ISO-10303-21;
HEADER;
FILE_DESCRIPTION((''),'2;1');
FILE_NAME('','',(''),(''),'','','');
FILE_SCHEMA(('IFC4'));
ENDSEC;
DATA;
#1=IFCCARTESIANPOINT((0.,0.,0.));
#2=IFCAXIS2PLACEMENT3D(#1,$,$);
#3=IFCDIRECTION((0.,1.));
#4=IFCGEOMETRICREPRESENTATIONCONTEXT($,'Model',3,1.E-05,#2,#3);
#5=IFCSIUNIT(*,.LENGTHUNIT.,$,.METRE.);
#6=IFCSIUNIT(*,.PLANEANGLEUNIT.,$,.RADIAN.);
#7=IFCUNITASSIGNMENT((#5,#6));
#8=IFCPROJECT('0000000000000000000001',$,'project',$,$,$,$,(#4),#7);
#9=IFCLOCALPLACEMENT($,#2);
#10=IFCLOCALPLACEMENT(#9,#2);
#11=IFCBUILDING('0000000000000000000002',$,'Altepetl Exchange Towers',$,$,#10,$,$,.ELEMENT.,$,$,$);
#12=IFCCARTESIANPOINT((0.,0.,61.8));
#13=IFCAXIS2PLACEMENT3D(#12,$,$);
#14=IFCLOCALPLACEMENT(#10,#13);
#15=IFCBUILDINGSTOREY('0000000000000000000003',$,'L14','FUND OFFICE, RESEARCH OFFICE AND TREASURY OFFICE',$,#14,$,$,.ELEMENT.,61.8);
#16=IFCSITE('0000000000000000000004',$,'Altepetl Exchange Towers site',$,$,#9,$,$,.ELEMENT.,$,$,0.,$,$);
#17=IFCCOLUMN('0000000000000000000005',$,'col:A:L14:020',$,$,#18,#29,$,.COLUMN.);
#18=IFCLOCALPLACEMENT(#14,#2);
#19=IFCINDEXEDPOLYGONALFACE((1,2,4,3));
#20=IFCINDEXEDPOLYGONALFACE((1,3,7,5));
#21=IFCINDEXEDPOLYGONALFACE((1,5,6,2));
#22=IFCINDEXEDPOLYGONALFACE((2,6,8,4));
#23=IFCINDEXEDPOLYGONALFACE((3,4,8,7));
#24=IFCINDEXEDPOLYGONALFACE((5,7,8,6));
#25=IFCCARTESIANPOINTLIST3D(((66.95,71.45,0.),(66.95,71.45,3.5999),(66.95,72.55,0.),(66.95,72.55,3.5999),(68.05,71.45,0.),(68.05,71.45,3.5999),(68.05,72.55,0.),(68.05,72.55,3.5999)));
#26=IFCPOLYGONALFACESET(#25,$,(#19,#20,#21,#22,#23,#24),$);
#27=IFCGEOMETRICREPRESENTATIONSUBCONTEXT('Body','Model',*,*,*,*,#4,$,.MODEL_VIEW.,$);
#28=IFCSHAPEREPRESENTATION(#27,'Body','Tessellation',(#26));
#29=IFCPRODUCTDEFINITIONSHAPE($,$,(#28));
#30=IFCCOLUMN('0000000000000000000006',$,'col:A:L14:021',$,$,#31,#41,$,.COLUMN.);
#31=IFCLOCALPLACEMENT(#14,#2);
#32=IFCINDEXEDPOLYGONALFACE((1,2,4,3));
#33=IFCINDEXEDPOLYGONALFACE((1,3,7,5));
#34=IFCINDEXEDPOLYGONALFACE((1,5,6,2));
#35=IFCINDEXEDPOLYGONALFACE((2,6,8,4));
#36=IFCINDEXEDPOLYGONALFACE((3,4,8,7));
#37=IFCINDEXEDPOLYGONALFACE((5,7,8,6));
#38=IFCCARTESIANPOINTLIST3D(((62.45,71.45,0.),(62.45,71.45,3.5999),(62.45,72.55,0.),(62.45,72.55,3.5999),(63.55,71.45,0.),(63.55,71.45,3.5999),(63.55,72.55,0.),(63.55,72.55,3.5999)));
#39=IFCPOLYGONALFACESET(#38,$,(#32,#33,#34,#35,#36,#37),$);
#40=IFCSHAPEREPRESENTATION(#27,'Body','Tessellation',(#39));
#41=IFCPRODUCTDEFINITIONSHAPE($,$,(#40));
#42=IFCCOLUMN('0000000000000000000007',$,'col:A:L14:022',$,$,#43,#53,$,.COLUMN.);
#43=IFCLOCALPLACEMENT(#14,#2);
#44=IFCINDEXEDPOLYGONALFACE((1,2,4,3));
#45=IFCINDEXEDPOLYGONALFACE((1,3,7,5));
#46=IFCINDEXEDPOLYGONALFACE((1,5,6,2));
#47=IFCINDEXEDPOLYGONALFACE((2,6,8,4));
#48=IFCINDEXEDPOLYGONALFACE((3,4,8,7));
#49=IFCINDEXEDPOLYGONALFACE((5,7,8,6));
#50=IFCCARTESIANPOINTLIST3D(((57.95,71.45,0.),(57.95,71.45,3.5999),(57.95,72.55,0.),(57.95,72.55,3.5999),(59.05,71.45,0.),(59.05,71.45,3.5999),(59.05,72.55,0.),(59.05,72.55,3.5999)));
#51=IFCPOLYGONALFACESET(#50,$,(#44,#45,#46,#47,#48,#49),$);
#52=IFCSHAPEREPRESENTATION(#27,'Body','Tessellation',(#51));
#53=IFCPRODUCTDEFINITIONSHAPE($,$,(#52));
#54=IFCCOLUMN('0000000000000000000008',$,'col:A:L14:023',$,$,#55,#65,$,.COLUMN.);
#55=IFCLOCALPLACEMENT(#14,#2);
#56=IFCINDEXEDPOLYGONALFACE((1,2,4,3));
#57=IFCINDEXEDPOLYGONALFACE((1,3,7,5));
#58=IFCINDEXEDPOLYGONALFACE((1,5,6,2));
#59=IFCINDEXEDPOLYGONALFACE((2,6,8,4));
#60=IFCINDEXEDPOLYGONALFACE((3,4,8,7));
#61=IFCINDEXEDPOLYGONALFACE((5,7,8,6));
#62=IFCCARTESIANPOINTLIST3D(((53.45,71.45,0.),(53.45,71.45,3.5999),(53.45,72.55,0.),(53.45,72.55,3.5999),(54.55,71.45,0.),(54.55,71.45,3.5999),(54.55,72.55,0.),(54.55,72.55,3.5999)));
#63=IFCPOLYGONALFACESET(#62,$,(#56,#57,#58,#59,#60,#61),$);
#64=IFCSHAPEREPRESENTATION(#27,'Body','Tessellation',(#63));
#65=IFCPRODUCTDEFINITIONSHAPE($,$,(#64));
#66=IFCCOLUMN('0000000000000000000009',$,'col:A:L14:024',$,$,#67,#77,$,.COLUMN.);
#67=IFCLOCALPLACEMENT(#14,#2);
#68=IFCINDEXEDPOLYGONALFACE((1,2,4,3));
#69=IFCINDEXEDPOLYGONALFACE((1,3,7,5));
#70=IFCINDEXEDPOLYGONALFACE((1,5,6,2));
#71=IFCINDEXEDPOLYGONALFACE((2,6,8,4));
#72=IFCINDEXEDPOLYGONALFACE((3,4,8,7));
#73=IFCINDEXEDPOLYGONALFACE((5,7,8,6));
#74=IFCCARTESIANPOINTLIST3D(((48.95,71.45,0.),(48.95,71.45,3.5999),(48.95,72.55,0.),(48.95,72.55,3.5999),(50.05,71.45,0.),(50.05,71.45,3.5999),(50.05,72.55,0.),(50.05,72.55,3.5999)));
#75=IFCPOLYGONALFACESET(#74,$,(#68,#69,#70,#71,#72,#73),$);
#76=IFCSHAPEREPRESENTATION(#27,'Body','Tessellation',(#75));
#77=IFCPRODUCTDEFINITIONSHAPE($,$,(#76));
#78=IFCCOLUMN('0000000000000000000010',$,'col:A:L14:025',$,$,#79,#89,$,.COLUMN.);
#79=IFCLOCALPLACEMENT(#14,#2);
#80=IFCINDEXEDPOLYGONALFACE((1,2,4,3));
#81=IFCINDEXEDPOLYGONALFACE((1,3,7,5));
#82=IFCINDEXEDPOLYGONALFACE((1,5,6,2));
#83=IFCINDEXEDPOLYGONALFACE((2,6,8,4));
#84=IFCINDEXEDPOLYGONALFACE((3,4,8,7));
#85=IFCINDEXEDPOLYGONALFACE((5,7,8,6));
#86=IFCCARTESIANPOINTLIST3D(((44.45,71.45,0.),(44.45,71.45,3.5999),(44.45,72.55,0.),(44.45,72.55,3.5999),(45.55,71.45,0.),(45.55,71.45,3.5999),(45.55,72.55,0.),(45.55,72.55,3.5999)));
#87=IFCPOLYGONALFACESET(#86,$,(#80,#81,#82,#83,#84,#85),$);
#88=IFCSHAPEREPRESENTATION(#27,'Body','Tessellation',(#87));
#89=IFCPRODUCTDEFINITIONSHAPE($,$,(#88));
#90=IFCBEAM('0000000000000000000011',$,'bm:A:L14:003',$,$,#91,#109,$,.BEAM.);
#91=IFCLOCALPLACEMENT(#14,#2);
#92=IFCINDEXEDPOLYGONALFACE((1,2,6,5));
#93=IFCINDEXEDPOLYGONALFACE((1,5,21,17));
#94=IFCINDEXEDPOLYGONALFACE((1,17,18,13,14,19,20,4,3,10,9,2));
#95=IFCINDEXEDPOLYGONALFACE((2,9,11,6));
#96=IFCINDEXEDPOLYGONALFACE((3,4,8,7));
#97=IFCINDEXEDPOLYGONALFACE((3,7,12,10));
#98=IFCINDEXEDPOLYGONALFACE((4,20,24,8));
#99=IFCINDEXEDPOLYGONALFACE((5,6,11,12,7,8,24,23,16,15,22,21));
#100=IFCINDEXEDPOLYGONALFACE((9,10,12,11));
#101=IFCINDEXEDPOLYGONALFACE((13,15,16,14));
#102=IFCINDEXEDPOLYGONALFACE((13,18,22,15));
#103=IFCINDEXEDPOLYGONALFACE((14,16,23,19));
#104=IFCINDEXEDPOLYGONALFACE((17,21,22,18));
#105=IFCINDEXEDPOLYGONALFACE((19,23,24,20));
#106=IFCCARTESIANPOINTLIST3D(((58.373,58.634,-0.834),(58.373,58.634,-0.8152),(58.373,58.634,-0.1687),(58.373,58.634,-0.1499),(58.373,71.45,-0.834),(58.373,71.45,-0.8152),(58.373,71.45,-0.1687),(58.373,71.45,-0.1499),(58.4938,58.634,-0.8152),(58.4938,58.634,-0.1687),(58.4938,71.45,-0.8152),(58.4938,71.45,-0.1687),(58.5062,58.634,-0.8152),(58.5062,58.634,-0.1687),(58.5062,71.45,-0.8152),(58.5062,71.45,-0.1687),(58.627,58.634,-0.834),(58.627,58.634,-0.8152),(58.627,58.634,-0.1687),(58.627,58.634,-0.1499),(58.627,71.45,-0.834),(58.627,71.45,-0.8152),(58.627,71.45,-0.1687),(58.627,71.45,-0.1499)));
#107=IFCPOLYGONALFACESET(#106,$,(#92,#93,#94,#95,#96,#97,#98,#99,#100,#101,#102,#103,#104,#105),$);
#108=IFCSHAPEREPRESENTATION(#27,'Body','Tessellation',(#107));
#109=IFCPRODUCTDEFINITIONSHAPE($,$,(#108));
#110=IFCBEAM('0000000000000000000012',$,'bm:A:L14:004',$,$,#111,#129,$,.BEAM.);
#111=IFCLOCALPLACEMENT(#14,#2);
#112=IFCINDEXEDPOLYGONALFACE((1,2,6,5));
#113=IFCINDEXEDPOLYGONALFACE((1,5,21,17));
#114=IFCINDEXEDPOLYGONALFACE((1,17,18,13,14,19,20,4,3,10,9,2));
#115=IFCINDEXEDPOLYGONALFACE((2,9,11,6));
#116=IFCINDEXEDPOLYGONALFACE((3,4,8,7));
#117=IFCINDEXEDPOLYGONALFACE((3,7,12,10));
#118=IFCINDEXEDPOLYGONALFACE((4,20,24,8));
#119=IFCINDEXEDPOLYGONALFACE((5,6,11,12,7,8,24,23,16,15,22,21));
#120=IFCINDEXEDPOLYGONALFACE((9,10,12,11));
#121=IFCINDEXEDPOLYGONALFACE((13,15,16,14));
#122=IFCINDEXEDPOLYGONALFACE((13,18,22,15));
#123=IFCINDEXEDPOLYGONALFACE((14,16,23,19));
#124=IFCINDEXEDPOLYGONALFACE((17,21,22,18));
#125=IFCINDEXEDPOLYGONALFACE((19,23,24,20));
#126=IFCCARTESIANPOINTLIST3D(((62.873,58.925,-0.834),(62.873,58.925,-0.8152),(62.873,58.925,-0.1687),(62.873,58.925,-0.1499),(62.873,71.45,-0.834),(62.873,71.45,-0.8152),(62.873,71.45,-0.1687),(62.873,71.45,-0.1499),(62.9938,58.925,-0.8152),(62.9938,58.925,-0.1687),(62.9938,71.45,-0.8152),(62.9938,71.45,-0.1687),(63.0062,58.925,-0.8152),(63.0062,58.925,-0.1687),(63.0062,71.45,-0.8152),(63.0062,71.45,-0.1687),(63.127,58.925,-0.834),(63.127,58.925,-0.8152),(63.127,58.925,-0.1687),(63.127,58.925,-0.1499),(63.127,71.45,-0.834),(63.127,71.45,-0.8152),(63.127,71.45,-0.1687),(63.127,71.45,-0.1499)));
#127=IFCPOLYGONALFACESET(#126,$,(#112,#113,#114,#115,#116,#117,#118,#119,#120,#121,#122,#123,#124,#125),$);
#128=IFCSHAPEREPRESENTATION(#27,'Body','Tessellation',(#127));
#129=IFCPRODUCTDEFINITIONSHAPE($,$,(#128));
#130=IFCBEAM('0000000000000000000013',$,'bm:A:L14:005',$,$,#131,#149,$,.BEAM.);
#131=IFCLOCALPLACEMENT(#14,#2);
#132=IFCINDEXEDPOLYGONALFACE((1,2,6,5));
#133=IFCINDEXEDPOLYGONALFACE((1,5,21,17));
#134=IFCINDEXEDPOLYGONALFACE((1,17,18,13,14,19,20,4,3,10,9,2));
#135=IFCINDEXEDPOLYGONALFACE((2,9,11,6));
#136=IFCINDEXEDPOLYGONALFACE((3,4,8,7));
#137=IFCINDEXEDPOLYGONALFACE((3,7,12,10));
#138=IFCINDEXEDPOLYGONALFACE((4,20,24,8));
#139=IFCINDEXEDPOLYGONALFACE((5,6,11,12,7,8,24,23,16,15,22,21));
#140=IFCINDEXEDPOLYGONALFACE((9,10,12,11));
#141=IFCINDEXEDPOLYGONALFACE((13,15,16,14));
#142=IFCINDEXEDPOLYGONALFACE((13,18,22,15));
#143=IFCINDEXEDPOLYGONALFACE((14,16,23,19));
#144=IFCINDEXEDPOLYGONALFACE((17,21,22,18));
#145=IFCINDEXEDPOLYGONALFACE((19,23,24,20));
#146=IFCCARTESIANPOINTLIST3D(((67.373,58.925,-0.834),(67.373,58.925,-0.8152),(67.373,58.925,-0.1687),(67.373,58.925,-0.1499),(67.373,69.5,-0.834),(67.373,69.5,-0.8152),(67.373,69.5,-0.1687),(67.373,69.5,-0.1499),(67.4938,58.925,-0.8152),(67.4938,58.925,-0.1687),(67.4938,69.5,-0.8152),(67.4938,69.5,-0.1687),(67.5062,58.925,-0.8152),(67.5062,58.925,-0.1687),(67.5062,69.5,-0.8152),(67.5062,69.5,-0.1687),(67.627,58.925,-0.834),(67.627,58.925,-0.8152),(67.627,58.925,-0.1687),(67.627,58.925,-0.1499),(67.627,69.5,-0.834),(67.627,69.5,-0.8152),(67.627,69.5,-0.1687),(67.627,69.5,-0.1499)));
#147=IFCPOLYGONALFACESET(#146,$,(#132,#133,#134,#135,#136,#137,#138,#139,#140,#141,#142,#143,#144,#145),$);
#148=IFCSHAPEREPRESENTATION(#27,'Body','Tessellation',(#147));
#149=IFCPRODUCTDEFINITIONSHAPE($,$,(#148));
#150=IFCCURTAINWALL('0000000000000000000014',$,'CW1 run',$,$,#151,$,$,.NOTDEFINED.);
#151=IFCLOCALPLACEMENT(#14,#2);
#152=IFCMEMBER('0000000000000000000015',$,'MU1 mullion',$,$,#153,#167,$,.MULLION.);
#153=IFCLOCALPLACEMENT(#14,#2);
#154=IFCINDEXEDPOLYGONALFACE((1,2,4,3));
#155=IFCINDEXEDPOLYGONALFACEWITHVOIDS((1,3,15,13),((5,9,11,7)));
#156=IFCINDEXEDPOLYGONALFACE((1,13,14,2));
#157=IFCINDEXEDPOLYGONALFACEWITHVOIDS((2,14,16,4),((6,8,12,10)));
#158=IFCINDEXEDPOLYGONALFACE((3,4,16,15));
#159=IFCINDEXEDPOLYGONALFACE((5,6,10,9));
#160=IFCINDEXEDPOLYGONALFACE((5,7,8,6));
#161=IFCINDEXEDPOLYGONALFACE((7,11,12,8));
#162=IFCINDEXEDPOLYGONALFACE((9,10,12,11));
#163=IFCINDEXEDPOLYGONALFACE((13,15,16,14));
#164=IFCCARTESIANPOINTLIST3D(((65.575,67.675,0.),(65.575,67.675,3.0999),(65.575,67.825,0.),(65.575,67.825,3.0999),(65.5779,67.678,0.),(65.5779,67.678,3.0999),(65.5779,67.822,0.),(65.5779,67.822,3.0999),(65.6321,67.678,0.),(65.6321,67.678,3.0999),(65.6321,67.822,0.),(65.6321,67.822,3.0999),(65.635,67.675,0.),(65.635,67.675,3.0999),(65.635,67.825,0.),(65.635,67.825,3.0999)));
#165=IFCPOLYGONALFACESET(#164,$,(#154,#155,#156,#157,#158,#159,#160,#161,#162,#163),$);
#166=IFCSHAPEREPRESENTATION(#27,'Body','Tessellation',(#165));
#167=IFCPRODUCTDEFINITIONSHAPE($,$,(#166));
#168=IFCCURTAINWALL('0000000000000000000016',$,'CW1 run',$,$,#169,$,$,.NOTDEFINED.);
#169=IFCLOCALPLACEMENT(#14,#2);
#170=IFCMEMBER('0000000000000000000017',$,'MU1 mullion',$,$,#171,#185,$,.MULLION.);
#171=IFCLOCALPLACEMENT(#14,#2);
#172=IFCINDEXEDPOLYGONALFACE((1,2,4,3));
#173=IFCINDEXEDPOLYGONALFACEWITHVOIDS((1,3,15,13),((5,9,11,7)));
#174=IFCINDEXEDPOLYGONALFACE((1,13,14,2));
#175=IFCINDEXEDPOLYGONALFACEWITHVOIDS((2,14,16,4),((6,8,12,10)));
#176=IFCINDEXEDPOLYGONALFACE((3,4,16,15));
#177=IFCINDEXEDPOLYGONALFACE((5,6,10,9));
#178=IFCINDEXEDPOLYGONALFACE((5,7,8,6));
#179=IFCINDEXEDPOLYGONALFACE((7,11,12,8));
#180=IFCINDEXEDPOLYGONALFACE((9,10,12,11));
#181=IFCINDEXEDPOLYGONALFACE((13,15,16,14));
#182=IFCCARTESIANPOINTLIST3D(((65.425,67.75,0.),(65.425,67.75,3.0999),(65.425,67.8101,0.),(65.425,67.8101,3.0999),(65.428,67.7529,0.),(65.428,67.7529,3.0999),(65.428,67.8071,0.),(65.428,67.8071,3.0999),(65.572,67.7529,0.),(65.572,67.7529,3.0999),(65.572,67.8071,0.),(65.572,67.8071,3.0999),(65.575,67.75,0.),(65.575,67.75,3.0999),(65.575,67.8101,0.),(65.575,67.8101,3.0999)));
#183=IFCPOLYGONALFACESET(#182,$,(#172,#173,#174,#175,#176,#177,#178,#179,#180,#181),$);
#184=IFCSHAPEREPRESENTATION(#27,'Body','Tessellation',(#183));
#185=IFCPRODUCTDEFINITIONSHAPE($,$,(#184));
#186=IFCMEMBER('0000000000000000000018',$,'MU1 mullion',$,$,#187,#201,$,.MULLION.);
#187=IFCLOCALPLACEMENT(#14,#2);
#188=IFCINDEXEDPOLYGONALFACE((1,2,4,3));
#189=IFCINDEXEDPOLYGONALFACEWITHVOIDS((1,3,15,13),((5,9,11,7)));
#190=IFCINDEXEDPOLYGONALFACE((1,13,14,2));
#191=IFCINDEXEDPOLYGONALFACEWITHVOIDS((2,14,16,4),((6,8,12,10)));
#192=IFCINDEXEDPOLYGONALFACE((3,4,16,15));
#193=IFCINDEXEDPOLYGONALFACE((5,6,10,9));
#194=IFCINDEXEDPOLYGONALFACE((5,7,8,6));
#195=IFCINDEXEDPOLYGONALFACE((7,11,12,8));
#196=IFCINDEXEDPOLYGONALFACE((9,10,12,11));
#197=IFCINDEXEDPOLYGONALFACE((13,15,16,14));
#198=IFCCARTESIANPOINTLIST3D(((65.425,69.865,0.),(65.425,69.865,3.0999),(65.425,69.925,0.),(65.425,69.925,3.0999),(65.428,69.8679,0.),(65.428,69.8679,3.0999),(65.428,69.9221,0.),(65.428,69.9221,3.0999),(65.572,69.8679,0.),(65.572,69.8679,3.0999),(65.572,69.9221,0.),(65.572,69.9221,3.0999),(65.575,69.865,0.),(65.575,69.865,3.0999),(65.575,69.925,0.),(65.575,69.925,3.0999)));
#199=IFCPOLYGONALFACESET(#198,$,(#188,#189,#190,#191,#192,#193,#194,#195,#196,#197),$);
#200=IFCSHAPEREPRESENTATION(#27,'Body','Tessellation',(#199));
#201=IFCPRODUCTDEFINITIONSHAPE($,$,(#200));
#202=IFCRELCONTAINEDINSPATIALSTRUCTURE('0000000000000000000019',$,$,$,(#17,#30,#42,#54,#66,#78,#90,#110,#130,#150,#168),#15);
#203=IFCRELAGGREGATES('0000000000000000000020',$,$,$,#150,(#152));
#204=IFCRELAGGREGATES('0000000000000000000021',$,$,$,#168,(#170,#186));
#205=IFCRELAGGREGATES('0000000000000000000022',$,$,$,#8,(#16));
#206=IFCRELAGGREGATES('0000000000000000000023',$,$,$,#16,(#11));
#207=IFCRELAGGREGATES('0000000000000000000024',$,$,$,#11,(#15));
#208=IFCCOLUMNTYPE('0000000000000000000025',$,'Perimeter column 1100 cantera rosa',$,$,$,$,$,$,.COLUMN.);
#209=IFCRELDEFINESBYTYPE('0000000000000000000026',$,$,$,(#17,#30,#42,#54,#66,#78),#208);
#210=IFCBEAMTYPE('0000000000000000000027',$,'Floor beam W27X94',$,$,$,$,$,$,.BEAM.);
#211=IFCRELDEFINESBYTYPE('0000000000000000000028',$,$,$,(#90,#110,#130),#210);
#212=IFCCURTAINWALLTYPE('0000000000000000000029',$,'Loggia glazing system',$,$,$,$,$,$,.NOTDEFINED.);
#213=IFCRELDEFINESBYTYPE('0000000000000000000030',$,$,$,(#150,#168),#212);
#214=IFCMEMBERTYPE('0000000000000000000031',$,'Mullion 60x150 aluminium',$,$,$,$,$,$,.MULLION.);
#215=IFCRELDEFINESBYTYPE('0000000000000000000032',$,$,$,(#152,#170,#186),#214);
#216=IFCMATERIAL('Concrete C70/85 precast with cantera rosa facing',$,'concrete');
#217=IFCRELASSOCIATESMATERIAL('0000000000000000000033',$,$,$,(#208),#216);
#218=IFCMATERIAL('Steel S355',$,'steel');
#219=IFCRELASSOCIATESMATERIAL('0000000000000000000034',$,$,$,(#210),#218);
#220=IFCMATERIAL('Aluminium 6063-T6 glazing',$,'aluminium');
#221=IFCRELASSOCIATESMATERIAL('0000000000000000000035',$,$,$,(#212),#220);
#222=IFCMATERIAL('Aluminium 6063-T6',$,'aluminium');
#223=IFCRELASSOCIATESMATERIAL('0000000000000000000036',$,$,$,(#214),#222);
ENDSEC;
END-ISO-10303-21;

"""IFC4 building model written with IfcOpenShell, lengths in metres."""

from ifc_helpers import new_model, si_unit, direction, frame, origin, origin_2d, place, context, subcontext, project, spatial, rectangle, hollow_rectangle, i_section, extrude, material, material_profile, profile_set, type_object, element, aggregate, save


model = new_model("IFC4")

# Units and contexts
model_context = context("Model", 3, precision=1e-05, world=origin(), true_north=direction((0.0, 1.0)))
body_context = subcontext(model_context, "Body", "Model", "MODEL_VIEW")
ifc_project = project(units=[si_unit("LENGTHUNIT", "METRE"), si_unit("PLANEANGLEUNIT", "RADIAN")], contexts=[model_context])

# Site, building, storey
site_placement = place(None, origin())
site = spatial("IfcSite", under=ifc_project, at=site_placement, Name="Altepetl Exchange Towers site", CompositionType="ELEMENT", RefElevation=0.0)
building_placement = place(site_placement, origin())
building = spatial("IfcBuilding", under=site, at=building_placement, Name="Altepetl Exchange Towers", CompositionType="ELEMENT")
storey_placement = place(building_placement, frame((0.0, 0.0, 61.8)))
storey = spatial("IfcBuildingStorey", under=building, at=storey_placement, Name="L14", Description="FUND OFFICE, RESEARCH OFFICE AND TREASURY OFFICE", CompositionType="ELEMENT", Elevation=61.8)

# Columns
ifc_material_1 = material(Name="Concrete C70/85 precast with cantera rosa facing", Category="concrete")
ifc_material_profile_1 = material_profile(ifc_material_1, rectangle(XDim=1.1001, YDim=1.1001, at=origin_2d()), Name="1100 x 1100")
ifc_profile_set_1 = profile_set([ifc_material_profile_1], Name="Concrete C70/85 precast with cantera rosa facing")
column_type = type_object("IfcColumnType", Name="Perimeter column 1100 cantera rosa", PredefinedType="COLUMN", material=ifc_profile_set_1)
for number, where, name in (
    (1, (67.5, 72.0, 0.0), "col:A:L14:020"),
    (2, (63.0, 72.0, 0.0), "col:A:L14:021"),
    (3, (58.5, 72.0, 0.0), "col:A:L14:022"),
    (4, (54.0, 72.0, 0.0), "col:A:L14:023"),
    (5, (49.5, 72.0, 0.0), "col:A:L14:024"),
    (6, (45.0, 72.0, 0.0), "col:A:L14:025"),
):
    element("IfcColumn", number, at=place(storey_placement, frame(where)), inside=storey, type_object=column_type, Name=name, PredefinedType="COLUMN", context=body_context, shape_type="SweptSolid", body=[
        extrude(rectangle(XDim=1.1001, YDim=1.1001, at=origin_2d()), origin(), (0.0, 0.0, 1.0), 3.5999),
    ])

# Beams
ifc_material_2 = material(Name="Steel S355", Category="steel")
ifc_material_profile_2 = material_profile(ifc_material_2, i_section(OverallWidth=0.2539, OverallDepth=0.6841, WebThickness=0.0125, FlangeThickness=0.0188, at=origin_2d()), Name="W27X94")
ifc_profile_set_2 = profile_set([ifc_material_profile_2], Name="Steel S355")
beam_type_1 = type_object("IfcBeamType", Name="Floor beam W27X94", PredefinedType="BEAM", material=ifc_profile_set_2)
beam_1_placement = place(storey_placement, frame((58.5, 58.634, -0.4919), z_axis=(0.0, 1.0, 0.0), x_axis=(-1.0, 0.0, 0.0)))
element("IfcBeam", 7, at=beam_1_placement, inside=storey, type_object=beam_type_1, Name="bm:A:L14:003", PredefinedType="BEAM", context=body_context, shape_type="SweptSolid", body=[
    extrude(i_section(OverallWidth=0.2539, OverallDepth=0.6841, WebThickness=0.0125, FlangeThickness=0.0188, at=origin_2d()), origin(), (0.0, 0.0, 1.0), 12.8159),
])
beam_2_placement = place(storey_placement, frame((63.0, 58.925, -0.4919), z_axis=(0.0, 1.0, 0.0), x_axis=(-1.0, 0.0, 0.0)))
element("IfcBeam", 8, at=beam_2_placement, inside=storey, type_object=beam_type_1, Name="bm:A:L14:004", PredefinedType="BEAM", context=body_context, shape_type="SweptSolid", body=[
    extrude(i_section(OverallWidth=0.2539, OverallDepth=0.6841, WebThickness=0.0125, FlangeThickness=0.0188, at=origin_2d()), origin(), (0.0, 0.0, 1.0), 12.5249),
])
beam_3_placement = place(storey_placement, frame((67.5, 58.925, -0.4919), z_axis=(0.0, 1.0, 0.0), x_axis=(-1.0, 0.0, 0.0)))
element("IfcBeam", 9, at=beam_3_placement, inside=storey, type_object=beam_type_1, Name="bm:A:L14:005", PredefinedType="BEAM", context=body_context, shape_type="SweptSolid", body=[
    extrude(i_section(OverallWidth=0.2539, OverallDepth=0.6841, WebThickness=0.0125, FlangeThickness=0.0188, at=origin_2d()), origin(), (0.0, 0.0, 1.0), 10.575),
])

# Curtain wall, member
ifc_material_3 = material(Name="Aluminium 6063-T6 glazing", Category="aluminium")
curtain_wall_type = type_object("IfcCurtainWallType", Name="Loggia glazing system", PredefinedType="NOTDEFINED", material=ifc_material_3)
curtain_wall_1_placement = place(storey_placement, origin())
curtain_wall_1 = element("IfcCurtainWall", 10, at=curtain_wall_1_placement, inside=storey, type_object=curtain_wall_type, Name="CW1 run", PredefinedType="NOTDEFINED")
ifc_material_4 = material(Name="Aluminium 6063-T6", Category="aluminium")
ifc_material_profile_3 = material_profile(ifc_material_4, hollow_rectangle(XDim=0.0601, YDim=0.1499, WallThickness=0.0029, at=origin_2d()), Name="Mullion 60x150 aluminium")
ifc_profile_set_3 = profile_set([ifc_material_profile_3], Name="Aluminium 6063-T6")
member_type = type_object("IfcMemberType", Name="Mullion 60x150 aluminium", PredefinedType="MULLION", material=ifc_profile_set_3)
member_1_placement = place(storey_placement, frame((65.605, 67.75, 0.0), z_axis=(0.0, 0.0, 1.0), x_axis=(-1.0, 0.0, 0.0)))
member_1 = element("IfcMember", 11, at=member_1_placement, type_object=member_type, Name="MU1 mullion", PredefinedType="MULLION", context=body_context, shape_type="SweptSolid", body=[
    extrude(hollow_rectangle(XDim=0.0601, YDim=0.1499, WallThickness=0.0029, at=origin_2d()), origin(), (0.0, 0.0, 1.0), 3.0999),
])

# Curtain wall, members
curtain_wall_2_placement = place(storey_placement, origin())
curtain_wall_2 = element("IfcCurtainWall", 12, at=curtain_wall_2_placement, inside=storey, type_object=curtain_wall_type, Name="CW1 run", PredefinedType="NOTDEFINED")
member_2_placement = place(storey_placement, frame((65.5, 67.78, 0.0), z_axis=(0.0, 0.0, 1.0), x_axis=(0.0, 1.0, 0.0)))
member_2 = element("IfcMember", 13, at=member_2_placement, type_object=member_type, Name="MU1 mullion", PredefinedType="MULLION", context=body_context, shape_type="SweptSolid", body=[
    extrude(hollow_rectangle(XDim=0.0601, YDim=0.1499, WallThickness=0.0029, at=origin_2d()), origin(), (0.0, 0.0, 1.0), 3.0999),
])
member_3_placement = place(storey_placement, frame((65.5, 69.895, 0.0), z_axis=(0.0, 0.0, 1.0), x_axis=(0.0, 1.0, 0.0)))
member_3 = element("IfcMember", 14, at=member_3_placement, type_object=member_type, Name="MU1 mullion", PredefinedType="MULLION", context=body_context, shape_type="SweptSolid", body=[
    extrude(hollow_rectangle(XDim=0.0601, YDim=0.1499, WallThickness=0.0029, at=origin_2d()), origin(), (0.0, 0.0, 1.0), 3.0999),
])

aggregate(curtain_wall_1, [member_1])
aggregate(curtain_wall_2, [member_2, member_3])

save(model, "model.ifc")
